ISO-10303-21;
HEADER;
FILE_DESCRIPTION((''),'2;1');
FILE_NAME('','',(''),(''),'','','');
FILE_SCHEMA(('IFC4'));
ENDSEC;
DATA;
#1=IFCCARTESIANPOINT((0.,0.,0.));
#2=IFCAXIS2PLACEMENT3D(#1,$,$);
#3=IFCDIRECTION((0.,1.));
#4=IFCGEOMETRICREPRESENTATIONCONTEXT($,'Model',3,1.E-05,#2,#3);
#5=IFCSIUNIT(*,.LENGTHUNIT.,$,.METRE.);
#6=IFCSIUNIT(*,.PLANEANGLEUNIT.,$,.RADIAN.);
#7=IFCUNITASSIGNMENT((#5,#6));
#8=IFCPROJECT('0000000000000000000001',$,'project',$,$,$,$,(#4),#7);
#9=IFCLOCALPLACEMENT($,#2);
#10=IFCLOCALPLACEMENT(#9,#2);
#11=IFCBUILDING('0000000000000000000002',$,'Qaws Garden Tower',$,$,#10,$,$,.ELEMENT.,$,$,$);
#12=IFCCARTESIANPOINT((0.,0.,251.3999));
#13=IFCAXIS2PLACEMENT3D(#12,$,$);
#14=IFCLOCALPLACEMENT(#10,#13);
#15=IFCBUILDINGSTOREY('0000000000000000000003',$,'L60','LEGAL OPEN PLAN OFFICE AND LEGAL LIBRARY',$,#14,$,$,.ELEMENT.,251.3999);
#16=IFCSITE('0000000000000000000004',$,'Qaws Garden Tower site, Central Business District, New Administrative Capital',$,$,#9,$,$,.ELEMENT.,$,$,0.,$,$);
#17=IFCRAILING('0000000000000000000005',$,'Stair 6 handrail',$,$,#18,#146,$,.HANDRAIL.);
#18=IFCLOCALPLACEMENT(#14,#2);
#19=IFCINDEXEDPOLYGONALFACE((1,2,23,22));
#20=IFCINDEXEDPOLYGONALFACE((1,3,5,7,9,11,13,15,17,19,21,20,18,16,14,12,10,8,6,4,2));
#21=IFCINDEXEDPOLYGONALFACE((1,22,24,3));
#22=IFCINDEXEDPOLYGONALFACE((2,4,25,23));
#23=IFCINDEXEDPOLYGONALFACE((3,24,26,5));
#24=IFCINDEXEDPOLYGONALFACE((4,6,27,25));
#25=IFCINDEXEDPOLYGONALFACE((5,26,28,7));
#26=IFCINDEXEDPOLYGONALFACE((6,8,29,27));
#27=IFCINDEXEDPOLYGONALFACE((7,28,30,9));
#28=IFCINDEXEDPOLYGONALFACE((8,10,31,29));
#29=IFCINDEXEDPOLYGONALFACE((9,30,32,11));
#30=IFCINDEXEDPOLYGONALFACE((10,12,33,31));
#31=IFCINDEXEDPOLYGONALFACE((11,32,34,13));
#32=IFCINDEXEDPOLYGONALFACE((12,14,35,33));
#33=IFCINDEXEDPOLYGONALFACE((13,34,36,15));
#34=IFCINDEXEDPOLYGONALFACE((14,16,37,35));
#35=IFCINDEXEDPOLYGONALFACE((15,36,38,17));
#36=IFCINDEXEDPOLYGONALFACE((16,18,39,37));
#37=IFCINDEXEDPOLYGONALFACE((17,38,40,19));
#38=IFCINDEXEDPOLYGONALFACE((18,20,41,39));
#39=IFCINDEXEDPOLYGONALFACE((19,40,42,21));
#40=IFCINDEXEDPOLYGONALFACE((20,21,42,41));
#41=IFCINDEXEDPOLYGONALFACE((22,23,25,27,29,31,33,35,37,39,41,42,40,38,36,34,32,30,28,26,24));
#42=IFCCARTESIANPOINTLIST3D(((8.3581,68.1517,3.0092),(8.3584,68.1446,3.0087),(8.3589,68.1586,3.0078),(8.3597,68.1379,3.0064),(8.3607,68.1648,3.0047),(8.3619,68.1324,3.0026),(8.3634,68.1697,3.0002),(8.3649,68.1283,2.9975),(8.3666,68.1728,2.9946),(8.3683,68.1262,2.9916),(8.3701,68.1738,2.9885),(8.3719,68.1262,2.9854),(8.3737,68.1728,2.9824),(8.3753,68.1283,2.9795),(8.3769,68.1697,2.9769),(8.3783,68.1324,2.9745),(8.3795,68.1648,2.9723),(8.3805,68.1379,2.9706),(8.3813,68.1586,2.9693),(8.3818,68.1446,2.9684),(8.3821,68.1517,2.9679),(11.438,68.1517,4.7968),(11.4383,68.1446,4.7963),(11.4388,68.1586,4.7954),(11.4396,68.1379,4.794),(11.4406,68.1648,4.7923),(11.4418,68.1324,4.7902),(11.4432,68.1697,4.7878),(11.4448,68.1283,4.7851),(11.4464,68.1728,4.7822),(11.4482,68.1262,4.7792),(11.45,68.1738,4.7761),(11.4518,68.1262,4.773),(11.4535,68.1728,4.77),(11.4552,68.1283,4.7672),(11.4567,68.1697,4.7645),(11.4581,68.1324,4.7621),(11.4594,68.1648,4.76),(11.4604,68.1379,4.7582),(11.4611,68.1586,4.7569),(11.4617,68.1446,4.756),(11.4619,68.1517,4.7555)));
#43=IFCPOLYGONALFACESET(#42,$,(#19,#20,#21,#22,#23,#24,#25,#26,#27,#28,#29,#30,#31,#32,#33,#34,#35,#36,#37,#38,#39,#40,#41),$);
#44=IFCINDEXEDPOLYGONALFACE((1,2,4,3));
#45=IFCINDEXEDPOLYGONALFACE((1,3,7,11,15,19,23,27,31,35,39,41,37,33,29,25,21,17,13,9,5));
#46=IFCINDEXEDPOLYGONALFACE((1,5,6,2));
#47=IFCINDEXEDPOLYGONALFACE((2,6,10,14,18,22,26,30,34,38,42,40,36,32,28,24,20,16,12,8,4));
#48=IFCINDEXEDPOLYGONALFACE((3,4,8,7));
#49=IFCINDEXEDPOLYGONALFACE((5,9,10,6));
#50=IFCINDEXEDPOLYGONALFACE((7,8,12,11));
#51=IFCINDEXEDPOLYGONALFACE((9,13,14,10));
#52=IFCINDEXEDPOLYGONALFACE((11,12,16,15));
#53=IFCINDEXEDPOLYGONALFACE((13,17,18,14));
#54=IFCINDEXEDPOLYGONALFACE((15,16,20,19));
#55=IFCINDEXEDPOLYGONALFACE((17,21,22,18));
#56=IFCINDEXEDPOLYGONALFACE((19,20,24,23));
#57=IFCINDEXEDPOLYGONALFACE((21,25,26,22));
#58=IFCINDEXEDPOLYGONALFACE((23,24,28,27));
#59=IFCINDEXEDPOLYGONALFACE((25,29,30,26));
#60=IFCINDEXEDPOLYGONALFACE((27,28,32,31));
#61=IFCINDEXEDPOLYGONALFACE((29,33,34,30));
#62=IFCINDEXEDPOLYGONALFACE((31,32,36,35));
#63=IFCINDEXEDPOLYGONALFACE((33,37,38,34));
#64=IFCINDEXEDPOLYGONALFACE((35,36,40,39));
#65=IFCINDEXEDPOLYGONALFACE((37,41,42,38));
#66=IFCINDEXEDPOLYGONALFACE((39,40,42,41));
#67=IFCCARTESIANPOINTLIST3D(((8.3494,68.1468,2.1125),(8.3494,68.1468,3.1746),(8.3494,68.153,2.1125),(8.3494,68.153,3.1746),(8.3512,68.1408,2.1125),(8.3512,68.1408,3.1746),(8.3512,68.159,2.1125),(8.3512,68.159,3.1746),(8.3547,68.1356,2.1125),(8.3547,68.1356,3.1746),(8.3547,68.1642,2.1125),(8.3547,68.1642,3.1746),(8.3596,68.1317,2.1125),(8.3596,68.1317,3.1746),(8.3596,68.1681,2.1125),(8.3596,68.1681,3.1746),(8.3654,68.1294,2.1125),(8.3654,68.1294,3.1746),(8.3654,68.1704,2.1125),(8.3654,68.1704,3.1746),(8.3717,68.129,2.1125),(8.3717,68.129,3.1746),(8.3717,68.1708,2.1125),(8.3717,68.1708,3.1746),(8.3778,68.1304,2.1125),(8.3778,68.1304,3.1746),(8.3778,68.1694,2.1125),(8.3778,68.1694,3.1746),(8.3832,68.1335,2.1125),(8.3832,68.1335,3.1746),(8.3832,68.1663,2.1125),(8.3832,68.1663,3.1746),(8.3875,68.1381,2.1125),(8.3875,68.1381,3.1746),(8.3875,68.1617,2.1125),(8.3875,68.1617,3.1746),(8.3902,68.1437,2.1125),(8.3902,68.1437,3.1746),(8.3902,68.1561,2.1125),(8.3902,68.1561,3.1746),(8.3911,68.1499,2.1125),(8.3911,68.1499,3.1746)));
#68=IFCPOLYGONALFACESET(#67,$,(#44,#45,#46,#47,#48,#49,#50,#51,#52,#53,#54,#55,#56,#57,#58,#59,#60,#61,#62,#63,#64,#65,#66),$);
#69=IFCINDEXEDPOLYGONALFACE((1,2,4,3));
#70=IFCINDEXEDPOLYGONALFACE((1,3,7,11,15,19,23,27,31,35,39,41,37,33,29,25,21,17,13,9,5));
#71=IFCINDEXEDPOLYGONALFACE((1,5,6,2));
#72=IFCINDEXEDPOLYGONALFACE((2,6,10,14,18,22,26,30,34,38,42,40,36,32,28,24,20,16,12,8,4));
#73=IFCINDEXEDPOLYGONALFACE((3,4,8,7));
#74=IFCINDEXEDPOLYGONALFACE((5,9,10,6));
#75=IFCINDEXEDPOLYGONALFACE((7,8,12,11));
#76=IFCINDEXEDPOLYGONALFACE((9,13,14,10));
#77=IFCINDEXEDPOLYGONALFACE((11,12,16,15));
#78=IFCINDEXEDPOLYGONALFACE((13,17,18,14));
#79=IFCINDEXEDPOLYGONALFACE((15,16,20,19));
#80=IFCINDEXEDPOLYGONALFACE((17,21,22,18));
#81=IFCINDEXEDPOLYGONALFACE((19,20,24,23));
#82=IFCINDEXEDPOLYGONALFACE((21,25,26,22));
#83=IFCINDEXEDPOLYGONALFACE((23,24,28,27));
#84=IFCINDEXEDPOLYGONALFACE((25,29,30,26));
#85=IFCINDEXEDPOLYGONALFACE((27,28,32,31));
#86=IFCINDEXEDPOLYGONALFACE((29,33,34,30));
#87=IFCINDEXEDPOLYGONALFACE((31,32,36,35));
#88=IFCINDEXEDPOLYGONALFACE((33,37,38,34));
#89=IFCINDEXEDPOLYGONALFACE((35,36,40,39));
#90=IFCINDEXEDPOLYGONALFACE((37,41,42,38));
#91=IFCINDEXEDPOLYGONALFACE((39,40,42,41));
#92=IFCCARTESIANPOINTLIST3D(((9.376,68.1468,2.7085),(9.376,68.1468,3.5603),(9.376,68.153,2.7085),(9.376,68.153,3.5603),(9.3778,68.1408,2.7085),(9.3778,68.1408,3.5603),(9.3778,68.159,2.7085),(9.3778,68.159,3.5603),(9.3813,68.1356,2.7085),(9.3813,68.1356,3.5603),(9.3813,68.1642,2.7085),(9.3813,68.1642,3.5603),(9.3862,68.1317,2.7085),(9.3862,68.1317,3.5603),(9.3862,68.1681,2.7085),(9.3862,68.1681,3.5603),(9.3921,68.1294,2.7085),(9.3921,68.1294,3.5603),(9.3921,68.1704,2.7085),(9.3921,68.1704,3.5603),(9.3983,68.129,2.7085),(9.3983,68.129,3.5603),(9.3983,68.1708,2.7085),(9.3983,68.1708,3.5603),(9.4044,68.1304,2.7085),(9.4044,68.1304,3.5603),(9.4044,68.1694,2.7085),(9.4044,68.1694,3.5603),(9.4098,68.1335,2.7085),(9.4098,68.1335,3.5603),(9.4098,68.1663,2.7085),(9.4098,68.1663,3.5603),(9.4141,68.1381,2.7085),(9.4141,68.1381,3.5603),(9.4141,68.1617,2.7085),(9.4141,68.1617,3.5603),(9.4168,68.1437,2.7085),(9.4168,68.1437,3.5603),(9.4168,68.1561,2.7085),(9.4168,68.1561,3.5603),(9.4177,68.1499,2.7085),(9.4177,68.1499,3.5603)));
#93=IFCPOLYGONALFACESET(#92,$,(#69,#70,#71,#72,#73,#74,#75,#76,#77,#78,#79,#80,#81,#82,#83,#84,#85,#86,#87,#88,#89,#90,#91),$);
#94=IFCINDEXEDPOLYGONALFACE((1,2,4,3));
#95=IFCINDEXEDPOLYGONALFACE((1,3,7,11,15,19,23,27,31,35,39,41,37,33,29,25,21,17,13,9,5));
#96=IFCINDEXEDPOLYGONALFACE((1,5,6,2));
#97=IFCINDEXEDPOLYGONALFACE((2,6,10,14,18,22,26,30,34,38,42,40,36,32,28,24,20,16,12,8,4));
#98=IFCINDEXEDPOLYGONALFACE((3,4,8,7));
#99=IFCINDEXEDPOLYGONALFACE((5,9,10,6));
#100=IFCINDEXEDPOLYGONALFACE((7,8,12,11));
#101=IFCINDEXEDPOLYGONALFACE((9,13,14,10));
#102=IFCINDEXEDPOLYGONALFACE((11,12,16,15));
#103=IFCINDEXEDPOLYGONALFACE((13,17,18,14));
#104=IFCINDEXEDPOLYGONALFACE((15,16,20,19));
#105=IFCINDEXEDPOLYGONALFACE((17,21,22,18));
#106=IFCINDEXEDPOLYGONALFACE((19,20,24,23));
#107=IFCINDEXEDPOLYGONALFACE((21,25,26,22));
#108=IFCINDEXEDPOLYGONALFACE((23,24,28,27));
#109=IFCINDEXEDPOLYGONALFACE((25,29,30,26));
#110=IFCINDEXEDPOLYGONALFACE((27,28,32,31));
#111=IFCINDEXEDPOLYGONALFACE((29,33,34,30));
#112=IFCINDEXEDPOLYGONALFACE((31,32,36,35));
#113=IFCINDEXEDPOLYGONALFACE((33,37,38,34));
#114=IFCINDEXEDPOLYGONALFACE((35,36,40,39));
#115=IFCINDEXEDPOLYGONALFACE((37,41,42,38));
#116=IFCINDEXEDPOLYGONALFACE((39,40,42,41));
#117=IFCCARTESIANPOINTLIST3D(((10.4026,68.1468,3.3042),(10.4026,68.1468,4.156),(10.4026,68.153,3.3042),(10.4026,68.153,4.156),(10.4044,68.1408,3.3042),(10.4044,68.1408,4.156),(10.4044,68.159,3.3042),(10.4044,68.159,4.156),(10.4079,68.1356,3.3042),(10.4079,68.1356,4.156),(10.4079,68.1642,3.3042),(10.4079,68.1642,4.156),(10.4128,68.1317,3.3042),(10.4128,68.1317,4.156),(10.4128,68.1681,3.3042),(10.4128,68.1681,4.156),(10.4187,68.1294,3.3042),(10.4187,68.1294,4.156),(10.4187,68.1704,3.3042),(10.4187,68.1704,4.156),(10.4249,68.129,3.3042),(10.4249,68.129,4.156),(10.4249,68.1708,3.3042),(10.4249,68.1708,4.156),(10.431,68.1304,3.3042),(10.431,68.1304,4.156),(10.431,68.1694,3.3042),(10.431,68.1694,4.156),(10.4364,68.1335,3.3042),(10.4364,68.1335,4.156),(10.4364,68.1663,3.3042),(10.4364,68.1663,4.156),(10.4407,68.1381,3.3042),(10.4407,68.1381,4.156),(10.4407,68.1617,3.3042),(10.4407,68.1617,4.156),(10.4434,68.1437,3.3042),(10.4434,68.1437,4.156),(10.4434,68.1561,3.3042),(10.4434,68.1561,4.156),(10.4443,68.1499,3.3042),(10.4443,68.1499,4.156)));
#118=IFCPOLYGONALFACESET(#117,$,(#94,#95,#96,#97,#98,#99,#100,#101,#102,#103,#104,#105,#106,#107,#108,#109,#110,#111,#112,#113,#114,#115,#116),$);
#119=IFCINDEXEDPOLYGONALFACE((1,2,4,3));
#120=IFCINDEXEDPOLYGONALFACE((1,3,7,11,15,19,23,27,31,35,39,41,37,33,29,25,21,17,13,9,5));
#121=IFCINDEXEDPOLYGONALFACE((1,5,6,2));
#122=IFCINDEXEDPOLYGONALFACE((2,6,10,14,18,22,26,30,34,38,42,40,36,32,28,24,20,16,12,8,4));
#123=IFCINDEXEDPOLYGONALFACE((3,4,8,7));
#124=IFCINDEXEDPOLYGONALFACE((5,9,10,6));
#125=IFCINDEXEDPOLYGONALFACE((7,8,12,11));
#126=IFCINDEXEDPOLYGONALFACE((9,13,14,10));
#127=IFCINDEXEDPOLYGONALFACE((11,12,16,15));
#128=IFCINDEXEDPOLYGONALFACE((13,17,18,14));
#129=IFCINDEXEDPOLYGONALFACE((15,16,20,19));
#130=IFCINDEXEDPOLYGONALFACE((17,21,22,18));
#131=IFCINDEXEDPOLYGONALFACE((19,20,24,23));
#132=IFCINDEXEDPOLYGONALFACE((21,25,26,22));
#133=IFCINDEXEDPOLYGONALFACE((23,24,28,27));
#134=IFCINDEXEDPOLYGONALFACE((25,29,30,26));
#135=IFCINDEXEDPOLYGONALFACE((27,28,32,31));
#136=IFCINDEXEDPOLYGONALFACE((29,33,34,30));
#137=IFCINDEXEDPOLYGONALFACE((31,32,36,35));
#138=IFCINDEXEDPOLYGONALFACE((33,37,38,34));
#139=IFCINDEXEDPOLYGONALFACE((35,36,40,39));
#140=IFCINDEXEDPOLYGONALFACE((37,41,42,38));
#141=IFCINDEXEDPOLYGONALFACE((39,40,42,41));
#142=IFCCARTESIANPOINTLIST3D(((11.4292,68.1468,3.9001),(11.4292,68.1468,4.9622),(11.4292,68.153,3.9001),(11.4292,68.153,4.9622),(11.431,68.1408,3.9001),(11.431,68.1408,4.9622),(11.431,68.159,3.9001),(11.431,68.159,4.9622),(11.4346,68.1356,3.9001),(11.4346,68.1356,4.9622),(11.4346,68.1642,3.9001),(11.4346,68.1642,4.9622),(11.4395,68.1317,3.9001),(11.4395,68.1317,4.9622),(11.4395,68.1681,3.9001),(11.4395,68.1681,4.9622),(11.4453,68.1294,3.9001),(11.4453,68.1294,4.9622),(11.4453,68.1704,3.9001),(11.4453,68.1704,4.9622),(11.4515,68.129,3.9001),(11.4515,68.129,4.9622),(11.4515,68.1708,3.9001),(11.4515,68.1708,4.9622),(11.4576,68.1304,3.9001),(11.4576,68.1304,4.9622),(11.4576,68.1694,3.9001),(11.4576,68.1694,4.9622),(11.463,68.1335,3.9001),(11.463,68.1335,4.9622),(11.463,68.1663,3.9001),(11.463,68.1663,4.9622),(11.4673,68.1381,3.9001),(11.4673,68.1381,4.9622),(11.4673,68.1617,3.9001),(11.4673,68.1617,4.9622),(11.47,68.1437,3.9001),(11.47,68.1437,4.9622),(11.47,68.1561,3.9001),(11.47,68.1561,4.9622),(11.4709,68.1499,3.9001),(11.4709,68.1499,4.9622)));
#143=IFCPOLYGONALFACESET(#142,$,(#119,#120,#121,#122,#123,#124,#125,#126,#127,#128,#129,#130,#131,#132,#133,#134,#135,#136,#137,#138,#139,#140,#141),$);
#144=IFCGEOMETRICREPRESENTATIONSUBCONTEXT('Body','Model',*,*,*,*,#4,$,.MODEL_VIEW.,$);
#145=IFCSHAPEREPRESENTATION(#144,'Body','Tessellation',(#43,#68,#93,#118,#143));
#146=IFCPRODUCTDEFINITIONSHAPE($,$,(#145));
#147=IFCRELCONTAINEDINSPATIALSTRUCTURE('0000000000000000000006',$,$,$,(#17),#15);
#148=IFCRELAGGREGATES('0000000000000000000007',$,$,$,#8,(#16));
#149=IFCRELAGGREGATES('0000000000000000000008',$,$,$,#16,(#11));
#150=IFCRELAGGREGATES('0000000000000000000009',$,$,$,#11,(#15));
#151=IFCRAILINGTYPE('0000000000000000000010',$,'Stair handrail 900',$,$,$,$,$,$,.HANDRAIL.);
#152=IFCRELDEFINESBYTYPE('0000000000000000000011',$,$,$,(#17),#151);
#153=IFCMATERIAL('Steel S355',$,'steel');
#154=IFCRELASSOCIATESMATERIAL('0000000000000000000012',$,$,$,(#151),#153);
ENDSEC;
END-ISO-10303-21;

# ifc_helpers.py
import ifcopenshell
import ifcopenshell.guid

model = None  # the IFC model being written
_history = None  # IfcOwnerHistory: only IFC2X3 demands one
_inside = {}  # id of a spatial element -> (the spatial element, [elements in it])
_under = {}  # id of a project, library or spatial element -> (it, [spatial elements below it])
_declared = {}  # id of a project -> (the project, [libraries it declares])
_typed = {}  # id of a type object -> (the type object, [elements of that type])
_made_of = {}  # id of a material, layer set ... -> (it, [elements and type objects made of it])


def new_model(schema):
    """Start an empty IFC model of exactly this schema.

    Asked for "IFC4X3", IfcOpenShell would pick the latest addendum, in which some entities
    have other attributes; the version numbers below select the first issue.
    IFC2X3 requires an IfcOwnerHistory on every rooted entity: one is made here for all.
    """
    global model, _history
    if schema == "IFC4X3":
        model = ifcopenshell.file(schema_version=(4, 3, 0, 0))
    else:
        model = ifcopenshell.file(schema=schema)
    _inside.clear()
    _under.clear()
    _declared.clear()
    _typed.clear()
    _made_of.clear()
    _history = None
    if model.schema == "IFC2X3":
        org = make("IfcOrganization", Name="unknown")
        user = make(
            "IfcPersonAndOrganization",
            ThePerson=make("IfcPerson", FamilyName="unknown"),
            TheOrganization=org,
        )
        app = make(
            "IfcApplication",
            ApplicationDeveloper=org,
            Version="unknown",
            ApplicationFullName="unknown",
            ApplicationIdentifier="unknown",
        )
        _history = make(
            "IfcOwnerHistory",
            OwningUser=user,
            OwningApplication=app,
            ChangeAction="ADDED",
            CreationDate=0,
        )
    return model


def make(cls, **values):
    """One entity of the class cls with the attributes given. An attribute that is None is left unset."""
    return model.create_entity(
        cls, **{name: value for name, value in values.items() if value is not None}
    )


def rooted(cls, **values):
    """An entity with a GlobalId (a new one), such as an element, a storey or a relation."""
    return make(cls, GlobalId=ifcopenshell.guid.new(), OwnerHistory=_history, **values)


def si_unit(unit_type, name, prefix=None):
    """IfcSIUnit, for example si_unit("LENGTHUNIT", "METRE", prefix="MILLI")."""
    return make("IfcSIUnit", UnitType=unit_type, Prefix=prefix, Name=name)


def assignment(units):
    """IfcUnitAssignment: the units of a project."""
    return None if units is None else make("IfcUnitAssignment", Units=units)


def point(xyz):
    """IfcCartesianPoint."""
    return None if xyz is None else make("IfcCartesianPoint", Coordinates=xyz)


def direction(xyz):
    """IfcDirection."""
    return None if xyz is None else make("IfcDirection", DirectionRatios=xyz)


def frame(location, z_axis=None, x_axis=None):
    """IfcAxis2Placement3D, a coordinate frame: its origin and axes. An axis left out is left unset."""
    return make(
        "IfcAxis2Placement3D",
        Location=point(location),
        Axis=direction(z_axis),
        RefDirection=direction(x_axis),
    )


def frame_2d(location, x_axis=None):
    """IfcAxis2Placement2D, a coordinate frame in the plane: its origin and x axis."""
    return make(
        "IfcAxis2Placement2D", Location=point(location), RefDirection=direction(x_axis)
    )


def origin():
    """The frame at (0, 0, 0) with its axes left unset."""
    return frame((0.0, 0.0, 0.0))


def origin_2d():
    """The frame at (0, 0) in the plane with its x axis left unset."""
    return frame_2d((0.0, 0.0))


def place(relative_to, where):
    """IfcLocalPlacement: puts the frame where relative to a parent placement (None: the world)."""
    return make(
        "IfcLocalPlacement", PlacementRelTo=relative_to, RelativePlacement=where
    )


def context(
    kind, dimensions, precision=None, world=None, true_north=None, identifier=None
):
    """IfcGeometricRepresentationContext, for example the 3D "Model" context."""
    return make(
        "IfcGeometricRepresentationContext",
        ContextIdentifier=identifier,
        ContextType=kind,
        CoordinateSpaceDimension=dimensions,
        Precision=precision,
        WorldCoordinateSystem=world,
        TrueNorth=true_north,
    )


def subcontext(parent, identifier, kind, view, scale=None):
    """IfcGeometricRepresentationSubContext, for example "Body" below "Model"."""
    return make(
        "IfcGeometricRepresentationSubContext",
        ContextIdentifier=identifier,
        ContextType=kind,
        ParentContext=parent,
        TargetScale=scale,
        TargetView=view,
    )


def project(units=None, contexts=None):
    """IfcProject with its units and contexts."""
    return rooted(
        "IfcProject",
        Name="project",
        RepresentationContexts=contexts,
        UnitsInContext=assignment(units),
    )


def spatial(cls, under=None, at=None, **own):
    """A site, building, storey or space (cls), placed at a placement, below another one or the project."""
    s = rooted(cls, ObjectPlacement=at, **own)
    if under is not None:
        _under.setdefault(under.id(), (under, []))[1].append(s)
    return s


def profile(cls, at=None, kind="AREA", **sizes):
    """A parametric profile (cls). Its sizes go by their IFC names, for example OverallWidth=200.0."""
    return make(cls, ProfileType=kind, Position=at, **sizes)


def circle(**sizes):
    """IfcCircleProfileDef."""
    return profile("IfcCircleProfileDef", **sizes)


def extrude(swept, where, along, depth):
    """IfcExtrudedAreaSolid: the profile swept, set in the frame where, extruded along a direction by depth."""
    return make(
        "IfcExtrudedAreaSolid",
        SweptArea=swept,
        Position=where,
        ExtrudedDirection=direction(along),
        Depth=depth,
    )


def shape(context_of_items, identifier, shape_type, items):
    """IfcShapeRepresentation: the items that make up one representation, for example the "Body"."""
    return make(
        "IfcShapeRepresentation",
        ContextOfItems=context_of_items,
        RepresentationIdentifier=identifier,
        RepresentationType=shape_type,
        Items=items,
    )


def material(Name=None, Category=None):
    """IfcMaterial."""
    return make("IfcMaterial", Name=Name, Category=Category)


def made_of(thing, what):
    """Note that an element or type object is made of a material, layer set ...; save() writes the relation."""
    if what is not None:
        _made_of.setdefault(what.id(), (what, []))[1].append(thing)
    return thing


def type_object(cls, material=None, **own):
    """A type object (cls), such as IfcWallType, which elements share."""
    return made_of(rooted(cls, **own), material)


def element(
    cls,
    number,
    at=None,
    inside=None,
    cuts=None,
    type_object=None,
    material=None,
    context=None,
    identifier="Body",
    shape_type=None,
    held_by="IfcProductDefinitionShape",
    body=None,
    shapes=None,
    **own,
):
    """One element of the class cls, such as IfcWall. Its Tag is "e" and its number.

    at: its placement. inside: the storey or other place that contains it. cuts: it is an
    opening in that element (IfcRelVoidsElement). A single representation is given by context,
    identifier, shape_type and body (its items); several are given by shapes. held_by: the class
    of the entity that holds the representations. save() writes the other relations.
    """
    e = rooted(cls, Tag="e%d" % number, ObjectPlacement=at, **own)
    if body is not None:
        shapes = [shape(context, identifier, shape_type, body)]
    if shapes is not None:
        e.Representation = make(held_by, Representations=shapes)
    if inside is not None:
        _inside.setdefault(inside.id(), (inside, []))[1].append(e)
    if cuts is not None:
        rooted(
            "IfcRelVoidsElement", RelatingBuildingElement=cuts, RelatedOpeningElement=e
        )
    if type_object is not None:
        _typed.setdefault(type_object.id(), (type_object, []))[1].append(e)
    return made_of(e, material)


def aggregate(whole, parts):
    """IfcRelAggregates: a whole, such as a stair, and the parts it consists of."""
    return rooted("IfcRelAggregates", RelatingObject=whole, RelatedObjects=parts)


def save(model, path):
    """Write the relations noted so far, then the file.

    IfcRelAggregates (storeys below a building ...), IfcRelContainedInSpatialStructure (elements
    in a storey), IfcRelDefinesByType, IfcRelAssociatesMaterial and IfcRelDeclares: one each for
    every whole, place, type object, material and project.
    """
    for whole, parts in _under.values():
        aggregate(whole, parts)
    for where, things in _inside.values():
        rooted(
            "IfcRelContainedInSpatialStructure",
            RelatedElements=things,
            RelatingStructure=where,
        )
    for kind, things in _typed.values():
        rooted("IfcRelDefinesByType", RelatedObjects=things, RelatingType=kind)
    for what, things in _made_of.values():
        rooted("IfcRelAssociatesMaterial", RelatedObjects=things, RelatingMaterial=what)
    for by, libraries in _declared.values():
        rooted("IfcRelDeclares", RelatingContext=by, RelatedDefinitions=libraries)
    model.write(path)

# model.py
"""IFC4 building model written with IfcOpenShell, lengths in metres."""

from ifc_helpers import new_model, si_unit, direction, frame, origin, origin_2d, place, context, subcontext, project, spatial, circle, extrude, material, type_object, element, save


model = new_model("IFC4")

# Units and contexts
model_context = context("Model", 3, precision=1e-05, world=origin(), true_north=direction((0.0, 1.0)))
body_context = subcontext(model_context, "Body", "Model", "MODEL_VIEW")
ifc_project = project(units=[si_unit("LENGTHUNIT", "METRE"), si_unit("PLANEANGLEUNIT", "RADIAN")], contexts=[model_context])

# Site, building, storey
site_placement = place(None, origin())
site = spatial("IfcSite", under=ifc_project, at=site_placement, Name="Qaws Garden Tower site, Central Business District, New Administrative Capital", CompositionType="ELEMENT", RefElevation=0.0)
building_placement = place(site_placement, origin())
building = spatial("IfcBuilding", under=site, at=building_placement, Name="Qaws Garden Tower", CompositionType="ELEMENT")
storey_placement = place(building_placement, frame((0.0, 0.0, 251.3999)))
storey = spatial("IfcBuildingStorey", under=building, at=storey_placement, Name="L60", Description="LEGAL OPEN PLAN OFFICE AND LEGAL LIBRARY", CompositionType="ELEMENT", Elevation=251.3999)

# Railing
ifc_material_1 = material(Name="Steel S355", Category="steel")
railing_type = type_object("IfcRailingType", Name="Stair handrail 900", PredefinedType="HANDRAIL", material=ifc_material_1)
railing_1_placement = place(storey_placement, frame((8.3701, 68.1499, 2.1125)))
element("IfcRailing", 1, at=railing_1_placement, inside=storey, type_object=railing_type, Name="Stair 6 handrail", PredefinedType="HANDRAIL", context=body_context, shape_type="SweptSolid", body=[
    extrude(circle(Radius=0.0239, at=origin_2d()), frame((0.0, 0.0, 0.876), z_axis=(0.864873, 0.0, 0.50199), x_axis=(0.0, 1.0, 0.0)), (0.0, 0.0, 1.0), 3.561),
    extrude(circle(Radius=0.021, at=origin_2d()), origin(), (0.0, 0.0, 1.0), 1.062),
    extrude(circle(Radius=0.021, at=origin_2d()), frame((1.0266, 0.0, 0.5959)), (0.0, 0.0, 1.0), 0.8518),
    extrude(circle(Radius=0.021, at=origin_2d()), frame((2.0532, 0.0, 1.1917)), (0.0, 0.0, 1.0), 0.8518),
    extrude(circle(Radius=0.021, at=origin_2d()), frame((3.0798, 0.0, 1.7876)), (0.0, 0.0, 1.0), 1.062),
])

save(model, "model.ifc")
